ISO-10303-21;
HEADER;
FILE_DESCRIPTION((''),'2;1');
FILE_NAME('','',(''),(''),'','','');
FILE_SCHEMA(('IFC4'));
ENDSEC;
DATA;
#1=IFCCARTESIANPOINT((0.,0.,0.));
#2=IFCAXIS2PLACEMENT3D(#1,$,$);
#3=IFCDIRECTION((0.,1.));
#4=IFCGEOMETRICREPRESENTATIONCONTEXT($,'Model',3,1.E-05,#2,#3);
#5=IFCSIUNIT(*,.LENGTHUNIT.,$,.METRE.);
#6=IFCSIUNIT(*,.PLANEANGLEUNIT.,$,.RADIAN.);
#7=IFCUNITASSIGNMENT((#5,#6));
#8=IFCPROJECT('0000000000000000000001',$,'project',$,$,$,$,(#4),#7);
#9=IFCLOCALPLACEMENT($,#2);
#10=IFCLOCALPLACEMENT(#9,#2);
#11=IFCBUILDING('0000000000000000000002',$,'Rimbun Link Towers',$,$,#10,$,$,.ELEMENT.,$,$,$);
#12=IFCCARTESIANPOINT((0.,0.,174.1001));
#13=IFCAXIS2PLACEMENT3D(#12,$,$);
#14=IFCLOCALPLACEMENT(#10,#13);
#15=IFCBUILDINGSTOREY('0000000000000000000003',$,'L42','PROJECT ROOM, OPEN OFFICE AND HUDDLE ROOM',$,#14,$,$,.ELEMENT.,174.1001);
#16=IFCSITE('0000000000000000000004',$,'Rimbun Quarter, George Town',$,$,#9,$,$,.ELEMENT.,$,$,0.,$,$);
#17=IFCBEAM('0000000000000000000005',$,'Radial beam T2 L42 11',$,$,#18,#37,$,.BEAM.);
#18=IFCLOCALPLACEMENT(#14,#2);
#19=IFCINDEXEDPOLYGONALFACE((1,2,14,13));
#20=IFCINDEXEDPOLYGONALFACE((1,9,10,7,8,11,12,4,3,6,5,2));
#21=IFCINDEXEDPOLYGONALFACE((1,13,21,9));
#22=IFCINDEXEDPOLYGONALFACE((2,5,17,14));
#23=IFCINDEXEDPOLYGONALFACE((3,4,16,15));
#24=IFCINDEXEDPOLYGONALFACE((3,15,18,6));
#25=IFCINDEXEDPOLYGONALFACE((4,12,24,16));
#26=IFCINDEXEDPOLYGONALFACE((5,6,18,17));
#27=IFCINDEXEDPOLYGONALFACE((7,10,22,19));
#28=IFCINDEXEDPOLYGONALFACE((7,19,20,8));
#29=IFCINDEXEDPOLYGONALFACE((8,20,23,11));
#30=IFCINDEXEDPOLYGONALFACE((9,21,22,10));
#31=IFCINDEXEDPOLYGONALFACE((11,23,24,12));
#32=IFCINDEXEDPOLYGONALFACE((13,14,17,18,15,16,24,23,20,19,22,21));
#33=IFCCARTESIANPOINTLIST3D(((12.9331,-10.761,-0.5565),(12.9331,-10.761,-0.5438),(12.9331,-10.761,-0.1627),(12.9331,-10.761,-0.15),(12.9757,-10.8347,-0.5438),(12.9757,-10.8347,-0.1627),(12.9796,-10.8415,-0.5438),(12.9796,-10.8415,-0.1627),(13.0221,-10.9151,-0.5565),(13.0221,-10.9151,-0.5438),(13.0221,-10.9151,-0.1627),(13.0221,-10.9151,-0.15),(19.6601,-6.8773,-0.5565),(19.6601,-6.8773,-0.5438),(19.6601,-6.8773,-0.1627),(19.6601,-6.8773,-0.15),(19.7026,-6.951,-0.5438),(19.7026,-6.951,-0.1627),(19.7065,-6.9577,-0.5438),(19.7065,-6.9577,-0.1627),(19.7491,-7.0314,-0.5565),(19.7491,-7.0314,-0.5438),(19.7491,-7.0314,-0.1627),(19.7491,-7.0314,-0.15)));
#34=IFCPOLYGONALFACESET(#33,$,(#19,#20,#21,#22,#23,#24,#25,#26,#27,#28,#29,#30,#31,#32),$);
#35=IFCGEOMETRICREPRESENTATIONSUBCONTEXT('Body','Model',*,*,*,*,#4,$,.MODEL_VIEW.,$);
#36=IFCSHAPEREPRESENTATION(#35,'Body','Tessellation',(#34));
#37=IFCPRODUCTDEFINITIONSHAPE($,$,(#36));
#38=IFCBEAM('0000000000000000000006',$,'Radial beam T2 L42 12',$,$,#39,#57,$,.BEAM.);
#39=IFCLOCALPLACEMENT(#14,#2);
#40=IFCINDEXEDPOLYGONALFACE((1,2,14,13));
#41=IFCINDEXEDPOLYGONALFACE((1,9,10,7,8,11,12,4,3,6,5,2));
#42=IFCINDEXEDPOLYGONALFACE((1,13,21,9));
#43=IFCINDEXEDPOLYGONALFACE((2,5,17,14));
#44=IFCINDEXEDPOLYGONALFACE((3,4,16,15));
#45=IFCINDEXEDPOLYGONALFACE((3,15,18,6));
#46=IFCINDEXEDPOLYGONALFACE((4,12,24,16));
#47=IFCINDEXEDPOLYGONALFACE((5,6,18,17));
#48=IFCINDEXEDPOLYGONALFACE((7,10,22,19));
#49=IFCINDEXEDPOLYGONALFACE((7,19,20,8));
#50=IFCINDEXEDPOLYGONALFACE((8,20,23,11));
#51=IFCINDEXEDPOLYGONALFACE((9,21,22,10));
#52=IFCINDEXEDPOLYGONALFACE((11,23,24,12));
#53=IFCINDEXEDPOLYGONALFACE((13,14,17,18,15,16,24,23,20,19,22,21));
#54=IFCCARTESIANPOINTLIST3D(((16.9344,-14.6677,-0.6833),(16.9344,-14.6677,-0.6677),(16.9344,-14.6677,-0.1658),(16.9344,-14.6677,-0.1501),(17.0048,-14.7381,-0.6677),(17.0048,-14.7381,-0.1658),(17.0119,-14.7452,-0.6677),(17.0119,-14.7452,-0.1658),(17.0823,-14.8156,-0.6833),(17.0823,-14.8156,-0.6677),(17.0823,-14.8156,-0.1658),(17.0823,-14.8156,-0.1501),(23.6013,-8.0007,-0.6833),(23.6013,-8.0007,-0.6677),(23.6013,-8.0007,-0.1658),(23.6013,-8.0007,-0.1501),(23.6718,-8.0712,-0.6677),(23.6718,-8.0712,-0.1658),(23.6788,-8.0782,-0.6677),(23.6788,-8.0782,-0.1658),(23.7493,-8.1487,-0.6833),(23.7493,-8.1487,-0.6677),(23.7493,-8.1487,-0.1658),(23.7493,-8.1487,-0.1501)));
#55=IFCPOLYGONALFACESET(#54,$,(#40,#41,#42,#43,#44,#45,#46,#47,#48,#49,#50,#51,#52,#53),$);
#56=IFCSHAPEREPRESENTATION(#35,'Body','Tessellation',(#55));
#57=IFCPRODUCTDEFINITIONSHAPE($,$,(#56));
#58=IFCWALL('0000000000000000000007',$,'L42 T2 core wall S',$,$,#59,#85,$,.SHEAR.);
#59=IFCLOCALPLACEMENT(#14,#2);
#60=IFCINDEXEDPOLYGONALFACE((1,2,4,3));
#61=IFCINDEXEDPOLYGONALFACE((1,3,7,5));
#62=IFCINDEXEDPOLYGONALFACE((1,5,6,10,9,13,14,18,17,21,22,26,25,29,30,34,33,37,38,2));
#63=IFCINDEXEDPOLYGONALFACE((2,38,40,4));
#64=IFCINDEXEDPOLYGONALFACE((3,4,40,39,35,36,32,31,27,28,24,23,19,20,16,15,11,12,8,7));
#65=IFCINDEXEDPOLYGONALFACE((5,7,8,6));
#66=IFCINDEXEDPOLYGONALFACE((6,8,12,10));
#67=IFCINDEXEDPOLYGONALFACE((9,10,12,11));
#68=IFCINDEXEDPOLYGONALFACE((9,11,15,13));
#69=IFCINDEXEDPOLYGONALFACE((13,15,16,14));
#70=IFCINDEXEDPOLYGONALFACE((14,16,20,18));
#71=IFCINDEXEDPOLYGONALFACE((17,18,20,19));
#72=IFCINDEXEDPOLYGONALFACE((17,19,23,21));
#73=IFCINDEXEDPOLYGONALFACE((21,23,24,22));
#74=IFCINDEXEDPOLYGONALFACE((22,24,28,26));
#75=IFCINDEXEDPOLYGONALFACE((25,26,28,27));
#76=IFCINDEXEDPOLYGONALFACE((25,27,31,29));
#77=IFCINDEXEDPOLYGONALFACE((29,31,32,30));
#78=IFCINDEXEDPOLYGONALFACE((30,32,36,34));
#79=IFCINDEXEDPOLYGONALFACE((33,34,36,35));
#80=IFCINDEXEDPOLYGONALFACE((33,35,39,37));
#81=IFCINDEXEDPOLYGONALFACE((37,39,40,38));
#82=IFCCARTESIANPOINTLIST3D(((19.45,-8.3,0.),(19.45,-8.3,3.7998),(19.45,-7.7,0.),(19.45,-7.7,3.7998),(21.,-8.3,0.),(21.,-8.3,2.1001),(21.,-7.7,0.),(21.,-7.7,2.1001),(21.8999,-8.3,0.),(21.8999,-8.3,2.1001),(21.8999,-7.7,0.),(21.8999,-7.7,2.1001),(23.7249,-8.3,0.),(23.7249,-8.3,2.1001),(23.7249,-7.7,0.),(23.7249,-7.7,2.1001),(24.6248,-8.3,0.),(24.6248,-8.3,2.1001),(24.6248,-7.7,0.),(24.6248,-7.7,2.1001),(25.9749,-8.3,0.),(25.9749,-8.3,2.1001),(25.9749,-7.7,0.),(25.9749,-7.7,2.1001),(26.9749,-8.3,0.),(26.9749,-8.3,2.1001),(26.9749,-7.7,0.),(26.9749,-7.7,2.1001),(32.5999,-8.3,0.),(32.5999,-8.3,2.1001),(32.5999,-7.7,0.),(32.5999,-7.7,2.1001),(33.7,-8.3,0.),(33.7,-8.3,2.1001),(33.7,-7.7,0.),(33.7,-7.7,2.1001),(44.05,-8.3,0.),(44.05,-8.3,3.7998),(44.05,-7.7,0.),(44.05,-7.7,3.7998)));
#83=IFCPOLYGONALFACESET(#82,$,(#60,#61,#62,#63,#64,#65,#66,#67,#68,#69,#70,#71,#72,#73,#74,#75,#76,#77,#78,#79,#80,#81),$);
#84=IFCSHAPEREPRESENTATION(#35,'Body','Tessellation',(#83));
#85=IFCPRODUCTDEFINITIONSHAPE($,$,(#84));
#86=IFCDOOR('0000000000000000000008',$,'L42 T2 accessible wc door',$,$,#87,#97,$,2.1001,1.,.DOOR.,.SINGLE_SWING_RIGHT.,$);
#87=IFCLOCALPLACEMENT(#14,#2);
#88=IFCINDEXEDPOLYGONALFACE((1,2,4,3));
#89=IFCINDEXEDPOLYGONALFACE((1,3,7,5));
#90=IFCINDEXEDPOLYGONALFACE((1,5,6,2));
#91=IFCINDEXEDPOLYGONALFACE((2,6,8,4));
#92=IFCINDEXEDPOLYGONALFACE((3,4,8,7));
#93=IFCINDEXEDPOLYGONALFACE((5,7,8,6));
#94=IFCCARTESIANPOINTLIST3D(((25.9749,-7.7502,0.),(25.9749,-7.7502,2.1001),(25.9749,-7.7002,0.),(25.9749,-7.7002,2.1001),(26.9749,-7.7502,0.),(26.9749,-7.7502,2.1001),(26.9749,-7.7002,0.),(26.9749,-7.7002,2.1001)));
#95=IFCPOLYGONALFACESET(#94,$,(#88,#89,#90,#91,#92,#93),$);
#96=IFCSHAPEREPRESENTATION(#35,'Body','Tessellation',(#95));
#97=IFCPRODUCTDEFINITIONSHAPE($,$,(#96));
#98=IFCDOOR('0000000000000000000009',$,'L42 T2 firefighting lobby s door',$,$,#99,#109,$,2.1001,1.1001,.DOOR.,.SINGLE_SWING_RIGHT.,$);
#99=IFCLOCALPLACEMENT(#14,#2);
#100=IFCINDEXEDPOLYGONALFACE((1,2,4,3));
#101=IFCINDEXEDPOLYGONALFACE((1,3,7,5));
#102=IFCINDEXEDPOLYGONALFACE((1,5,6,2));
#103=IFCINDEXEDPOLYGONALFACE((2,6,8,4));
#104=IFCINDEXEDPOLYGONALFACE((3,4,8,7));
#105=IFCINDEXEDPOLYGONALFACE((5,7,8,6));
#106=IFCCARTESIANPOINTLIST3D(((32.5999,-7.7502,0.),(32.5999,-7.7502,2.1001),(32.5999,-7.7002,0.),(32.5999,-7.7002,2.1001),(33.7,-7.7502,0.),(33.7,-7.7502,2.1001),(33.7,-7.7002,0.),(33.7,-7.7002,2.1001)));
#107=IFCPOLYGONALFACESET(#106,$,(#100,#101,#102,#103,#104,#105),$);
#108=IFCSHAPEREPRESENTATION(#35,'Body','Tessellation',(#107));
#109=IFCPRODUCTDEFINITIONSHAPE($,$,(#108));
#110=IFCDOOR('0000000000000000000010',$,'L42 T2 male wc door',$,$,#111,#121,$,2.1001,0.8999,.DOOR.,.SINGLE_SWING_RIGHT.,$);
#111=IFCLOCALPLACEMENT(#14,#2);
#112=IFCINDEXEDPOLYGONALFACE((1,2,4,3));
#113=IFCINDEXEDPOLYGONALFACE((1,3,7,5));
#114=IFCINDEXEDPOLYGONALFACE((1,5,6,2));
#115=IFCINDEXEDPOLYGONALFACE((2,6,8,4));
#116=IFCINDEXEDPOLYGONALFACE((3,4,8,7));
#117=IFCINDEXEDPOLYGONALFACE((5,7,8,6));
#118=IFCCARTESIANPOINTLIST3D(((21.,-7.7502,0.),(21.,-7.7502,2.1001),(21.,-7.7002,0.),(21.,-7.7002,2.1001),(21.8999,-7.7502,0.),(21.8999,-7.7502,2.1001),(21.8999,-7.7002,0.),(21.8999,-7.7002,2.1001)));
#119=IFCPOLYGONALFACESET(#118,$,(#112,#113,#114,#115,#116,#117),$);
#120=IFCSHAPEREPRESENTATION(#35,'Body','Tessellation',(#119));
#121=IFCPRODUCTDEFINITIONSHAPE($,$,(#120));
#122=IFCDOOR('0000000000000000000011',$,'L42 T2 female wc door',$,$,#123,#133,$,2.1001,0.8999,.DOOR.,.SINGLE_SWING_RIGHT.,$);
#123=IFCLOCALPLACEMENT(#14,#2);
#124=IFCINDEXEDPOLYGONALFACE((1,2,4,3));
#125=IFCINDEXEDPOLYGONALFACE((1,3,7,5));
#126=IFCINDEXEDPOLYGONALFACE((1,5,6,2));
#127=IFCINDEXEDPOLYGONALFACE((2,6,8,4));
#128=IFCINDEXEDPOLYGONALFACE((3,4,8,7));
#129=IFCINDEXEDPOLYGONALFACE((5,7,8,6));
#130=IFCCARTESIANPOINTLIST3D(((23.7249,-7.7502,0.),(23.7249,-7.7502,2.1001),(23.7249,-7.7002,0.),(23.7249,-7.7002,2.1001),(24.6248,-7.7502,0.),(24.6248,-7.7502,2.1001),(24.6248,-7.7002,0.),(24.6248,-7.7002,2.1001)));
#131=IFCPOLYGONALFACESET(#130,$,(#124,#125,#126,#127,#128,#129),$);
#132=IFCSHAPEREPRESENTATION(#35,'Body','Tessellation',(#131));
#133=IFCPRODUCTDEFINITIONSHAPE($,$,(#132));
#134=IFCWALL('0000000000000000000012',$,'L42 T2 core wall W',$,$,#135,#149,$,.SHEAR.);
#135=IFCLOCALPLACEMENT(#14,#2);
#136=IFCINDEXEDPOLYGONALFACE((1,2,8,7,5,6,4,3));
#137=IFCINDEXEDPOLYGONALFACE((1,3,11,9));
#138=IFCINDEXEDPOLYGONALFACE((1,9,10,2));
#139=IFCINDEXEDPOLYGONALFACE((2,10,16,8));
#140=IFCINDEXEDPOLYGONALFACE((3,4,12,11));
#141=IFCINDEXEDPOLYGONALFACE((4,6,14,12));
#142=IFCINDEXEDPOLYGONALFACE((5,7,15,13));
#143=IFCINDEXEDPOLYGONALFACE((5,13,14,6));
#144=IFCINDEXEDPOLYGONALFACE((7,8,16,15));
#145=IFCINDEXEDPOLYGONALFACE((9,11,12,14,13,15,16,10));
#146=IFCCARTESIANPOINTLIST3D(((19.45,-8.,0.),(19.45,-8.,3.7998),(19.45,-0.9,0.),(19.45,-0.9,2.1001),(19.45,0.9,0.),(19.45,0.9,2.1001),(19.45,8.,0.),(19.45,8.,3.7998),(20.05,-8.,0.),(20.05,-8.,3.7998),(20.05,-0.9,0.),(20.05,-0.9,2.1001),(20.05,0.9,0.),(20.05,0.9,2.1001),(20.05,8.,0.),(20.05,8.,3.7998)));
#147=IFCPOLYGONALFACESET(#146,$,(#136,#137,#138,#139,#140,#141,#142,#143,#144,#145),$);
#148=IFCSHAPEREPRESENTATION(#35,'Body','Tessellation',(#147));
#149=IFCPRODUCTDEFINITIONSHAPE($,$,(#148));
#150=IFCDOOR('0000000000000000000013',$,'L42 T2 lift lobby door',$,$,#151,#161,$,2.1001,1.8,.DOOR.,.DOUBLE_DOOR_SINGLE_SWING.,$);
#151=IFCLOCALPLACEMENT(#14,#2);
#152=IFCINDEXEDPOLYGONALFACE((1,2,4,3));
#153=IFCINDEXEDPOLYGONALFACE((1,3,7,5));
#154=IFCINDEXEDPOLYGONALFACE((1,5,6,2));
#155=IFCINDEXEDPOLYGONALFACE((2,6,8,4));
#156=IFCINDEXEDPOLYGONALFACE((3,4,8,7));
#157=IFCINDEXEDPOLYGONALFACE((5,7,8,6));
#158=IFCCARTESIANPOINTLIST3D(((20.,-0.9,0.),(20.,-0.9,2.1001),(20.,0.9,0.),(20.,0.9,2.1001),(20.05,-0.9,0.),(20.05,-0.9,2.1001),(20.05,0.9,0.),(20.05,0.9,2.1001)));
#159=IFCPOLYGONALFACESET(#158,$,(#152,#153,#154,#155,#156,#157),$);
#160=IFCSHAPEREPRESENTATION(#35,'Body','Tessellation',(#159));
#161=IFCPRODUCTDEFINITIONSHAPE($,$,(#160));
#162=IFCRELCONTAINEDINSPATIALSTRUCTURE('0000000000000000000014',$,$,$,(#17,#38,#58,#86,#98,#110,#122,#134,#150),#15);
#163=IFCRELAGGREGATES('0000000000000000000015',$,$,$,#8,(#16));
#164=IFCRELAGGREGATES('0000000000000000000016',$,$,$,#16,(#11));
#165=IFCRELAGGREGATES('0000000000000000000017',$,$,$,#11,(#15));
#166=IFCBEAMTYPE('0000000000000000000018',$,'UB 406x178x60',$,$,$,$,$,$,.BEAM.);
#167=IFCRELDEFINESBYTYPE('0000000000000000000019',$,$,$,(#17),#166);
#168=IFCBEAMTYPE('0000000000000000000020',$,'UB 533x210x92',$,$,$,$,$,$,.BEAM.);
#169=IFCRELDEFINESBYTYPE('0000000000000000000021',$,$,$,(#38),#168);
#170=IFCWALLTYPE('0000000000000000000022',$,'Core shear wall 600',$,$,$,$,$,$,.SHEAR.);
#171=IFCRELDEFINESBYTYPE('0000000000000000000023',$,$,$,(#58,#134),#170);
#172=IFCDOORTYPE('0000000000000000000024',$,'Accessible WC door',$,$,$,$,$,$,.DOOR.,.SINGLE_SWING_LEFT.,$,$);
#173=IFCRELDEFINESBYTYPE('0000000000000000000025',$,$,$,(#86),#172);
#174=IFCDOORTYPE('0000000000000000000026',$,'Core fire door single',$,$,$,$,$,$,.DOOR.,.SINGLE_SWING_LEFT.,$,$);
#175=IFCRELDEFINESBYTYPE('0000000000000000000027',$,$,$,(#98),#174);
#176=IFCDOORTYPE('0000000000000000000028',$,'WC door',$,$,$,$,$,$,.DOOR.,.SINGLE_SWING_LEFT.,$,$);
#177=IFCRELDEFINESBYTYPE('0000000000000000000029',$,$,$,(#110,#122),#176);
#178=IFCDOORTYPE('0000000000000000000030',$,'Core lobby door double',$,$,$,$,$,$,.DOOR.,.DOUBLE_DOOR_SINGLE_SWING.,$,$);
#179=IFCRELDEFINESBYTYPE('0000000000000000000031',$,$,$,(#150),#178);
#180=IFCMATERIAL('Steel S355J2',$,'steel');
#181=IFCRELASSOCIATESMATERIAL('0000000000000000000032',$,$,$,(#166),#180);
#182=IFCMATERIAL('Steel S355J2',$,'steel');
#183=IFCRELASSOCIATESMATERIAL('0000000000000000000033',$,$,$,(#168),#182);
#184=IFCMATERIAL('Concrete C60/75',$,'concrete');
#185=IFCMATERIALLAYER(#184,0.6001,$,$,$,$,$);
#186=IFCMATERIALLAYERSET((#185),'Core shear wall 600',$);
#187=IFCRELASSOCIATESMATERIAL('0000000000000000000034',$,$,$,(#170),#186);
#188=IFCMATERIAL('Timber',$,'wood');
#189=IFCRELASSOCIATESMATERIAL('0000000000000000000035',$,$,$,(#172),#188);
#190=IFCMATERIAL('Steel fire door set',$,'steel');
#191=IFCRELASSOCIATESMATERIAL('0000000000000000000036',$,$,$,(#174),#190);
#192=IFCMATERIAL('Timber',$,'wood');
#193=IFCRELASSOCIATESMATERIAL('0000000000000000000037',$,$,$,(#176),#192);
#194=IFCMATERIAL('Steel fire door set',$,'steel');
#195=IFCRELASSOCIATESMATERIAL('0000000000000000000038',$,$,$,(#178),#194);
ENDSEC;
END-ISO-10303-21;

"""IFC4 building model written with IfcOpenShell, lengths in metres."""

from ifc_helpers import new_model, si_unit, direction, frame, frame_2d, origin, origin_2d, place, context, subcontext, project, spatial, rectangle, i_section, extrude, material, layer, layer_set, material_profile, profile_set, type_object, element, fill, save


model = new_model("IFC4")

# Units and contexts
model_context = context("Model", 3, precision=1e-05, world=origin(), true_north=direction((0.0, 1.0)))
body_context = subcontext(model_context, "Body", "Model", "MODEL_VIEW")
ifc_project = project(units=[si_unit("LENGTHUNIT", "METRE"), si_unit("PLANEANGLEUNIT", "RADIAN")], contexts=[model_context])

# Site, building, storey
site_placement = place(None, origin())
site = spatial("IfcSite", under=ifc_project, at=site_placement, Name="Rimbun Quarter, George Town", CompositionType="ELEMENT", RefElevation=0.0)
building_placement = place(site_placement, origin())
building = spatial("IfcBuilding", under=site, at=building_placement, Name="Rimbun Link Towers", CompositionType="ELEMENT")
storey_placement = place(building_placement, frame((0.0, 0.0, 174.1001)))
storey = spatial("IfcBuildingStorey", under=building, at=storey_placement, Name="L42", Description="PROJECT ROOM, OPEN OFFICE AND HUDDLE ROOM", CompositionType="ELEMENT", Elevation=174.1001)

# Beams
ifc_material_1 = material(Name="Steel S355J2", Category="steel")
ifc_material_profile_1 = material_profile(ifc_material_1, i_section(OverallWidth=0.178, OverallDepth=0.4065, WebThickness=0.0078, FlangeThickness=0.0127, at=origin_2d()), Name="UB 406x178x60")
ifc_profile_set_1 = profile_set([ifc_material_profile_1], Name="Steel S355J2")
beam_type_1 = type_object("IfcBeamType", Name="UB 406x178x60", PredefinedType="BEAM", material=ifc_profile_set_1)
beam_1_placement = place(storey_placement, frame((19.7046, -6.9543, -0.3533), z_axis=(-0.86603, -0.499993, 0.0), x_axis=(0.499993, -0.86603, 0.0)))
element("IfcBeam", 1, at=beam_1_placement, inside=storey, type_object=beam_type_1, Name="Radial beam T2 L42 11", PredefinedType="BEAM", context=body_context, shape_type="SweptSolid", body=[
    extrude(i_section(OverallWidth=0.178, OverallDepth=0.4065, WebThickness=0.0078, FlangeThickness=0.0127, at=origin_2d()), origin(), (0.0, 0.0, 1.0), 7.7676),
])
ifc_material_2 = material(Name="Steel S355J2", Category="steel")
ifc_material_profile_2 = material_profile(ifc_material_2, i_section(OverallWidth=0.2092, OverallDepth=0.5332, WebThickness=0.01, FlangeThickness=0.0156, at=origin_2d()), Name="UB 533x210x92")
ifc_profile_set_2 = profile_set([ifc_material_profile_2], Name="Steel S355J2")
beam_type_2 = type_object("IfcBeamType", Name="UB 533x210x92", PredefinedType="BEAM", material=ifc_profile_set_2)
beam_2_placement = place(storey_placement, frame((23.6753, -8.0747, -0.4167), z_axis=(-0.707107, -0.707107, 0.0), x_axis=(0.707107, -0.707107, 0.0)))
element("IfcBeam", 2, at=beam_2_placement, inside=storey, type_object=beam_type_2, Name="Radial beam T2 L42 12", PredefinedType="BEAM", context=body_context, shape_type="SweptSolid", body=[
    extrude(i_section(OverallWidth=0.2092, OverallDepth=0.5332, WebThickness=0.01, FlangeThickness=0.0156, at=origin_2d()), origin(), (0.0, 0.0, 1.0), 9.4285),
])

# Wall, openings, doors
ifc_material_3 = material(Name="Concrete C60/75", Category="concrete")
ifc_layer_1 = layer(ifc_material_3, 0.6001)
ifc_layer_set_1 = layer_set([ifc_layer_1], Name="Core shear wall 600")
wall_type_1 = type_object("IfcWallType", Name="Core shear wall 600", PredefinedType="SHEAR", material=ifc_layer_set_1)
wall_1_placement = place(storey_placement, frame((19.45, -8.0, 0.0), z_axis=(0.0, 0.0, 1.0), x_axis=(1.0, 0.0, 0.0)))
wall_1 = element("IfcWall", 3, at=wall_1_placement, inside=storey, type_object=wall_type_1, Name="L42 T2 core wall S", PredefinedType="SHEAR", context=body_context, shape_type="SweptSolid", body=[
    extrude(rectangle(XDim=24.6001, YDim=0.6001, at=frame_2d((12.3, 0.0))), origin(), (0.0, 0.0, 1.0), 3.7998),
])
opening_1_placement = place(wall_1_placement, frame((13.1499, 0.0, 0.0)))
opening_1 = element("IfcOpeningElement", 4, at=opening_1_placement, cuts=wall_1, PredefinedType="OPENING", context=body_context, shape_type="SweptSolid", body=[
    extrude(rectangle(XDim=1.1001, YDim=2.1001, at=frame_2d((0.55, 1.05))), frame((0.0, 0.3101, 0.0), z_axis=(0.0, -1.0, 0.0), x_axis=(1.0, 0.0, 0.0)), (0.0, 0.0, 1.0), 0.6201),
])
opening_2_placement = place(wall_1_placement, frame((1.55, 0.0, 0.0)))
opening_2 = element("IfcOpeningElement", 5, at=opening_2_placement, cuts=wall_1, PredefinedType="OPENING", context=body_context, shape_type="SweptSolid", body=[
    extrude(rectangle(XDim=0.8999, YDim=2.1001, at=frame_2d((0.45, 1.05))), frame((0.0, 0.3101, 0.0), z_axis=(0.0, -1.0, 0.0), x_axis=(1.0, 0.0, 0.0)), (0.0, 0.0, 1.0), 0.6201),
])
opening_3_placement = place(wall_1_placement, frame((4.2749, 0.0, 0.0)))
opening_3 = element("IfcOpeningElement", 6, at=opening_3_placement, cuts=wall_1, PredefinedType="OPENING", context=body_context, shape_type="SweptSolid", body=[
    extrude(rectangle(XDim=0.8999, YDim=2.1001, at=frame_2d((0.45, 1.05))), frame((0.0, 0.3101, 0.0), z_axis=(0.0, -1.0, 0.0), x_axis=(1.0, 0.0, 0.0)), (0.0, 0.0, 1.0), 0.6201),
])
opening_4_placement = place(wall_1_placement, frame((6.5249, 0.0, 0.0)))
opening_4 = element("IfcOpeningElement", 7, at=opening_4_placement, cuts=wall_1, PredefinedType="OPENING", context=body_context, shape_type="SweptSolid", body=[
    extrude(rectangle(XDim=1.0, YDim=2.1001, at=frame_2d((0.5, 1.05))), frame((0.0, 0.3101, 0.0), z_axis=(0.0, -1.0, 0.0), x_axis=(1.0, 0.0, 0.0)), (0.0, 0.0, 1.0), 0.6201),
])
ifc_material_4 = material(Name="Timber", Category="wood")
door_type_1 = type_object("IfcDoorType", Name="Accessible WC door", OperationType="SINGLE_SWING_LEFT", PredefinedType="DOOR", material=ifc_material_4)
door_1_placement = place(opening_4_placement, origin())
door_1 = element("IfcDoor", 8, at=door_1_placement, inside=storey, type_object=door_type_1, Name="L42 T2 accessible wc door", OperationType="SINGLE_SWING_RIGHT", OverallHeight=2.1001, OverallWidth=1.0, PredefinedType="DOOR", context=body_context, shape_type="SweptSolid", body=[
    extrude(rectangle(XDim=1.0, YDim=2.1001, at=frame_2d((0.5, 1.05))), frame((0.0, 0.2998, 0.0), z_axis=(0.0, -1.0, 0.0), x_axis=(1.0, 0.0, 0.0)), (0.0, 0.0, 1.0), 0.05),
])
fill(opening_4, door_1)
ifc_material_5 = material(Name="Steel fire door set", Category="steel")
door_type_2 = type_object("IfcDoorType", Name="Core fire door single", OperationType="SINGLE_SWING_LEFT", PredefinedType="DOOR", material=ifc_material_5)
door_2_placement = place(opening_1_placement, origin())
door_2 = element("IfcDoor", 9, at=door_2_placement, inside=storey, type_object=door_type_2, Name="L42 T2 firefighting lobby s door", OperationType="SINGLE_SWING_RIGHT", OverallHeight=2.1001, OverallWidth=1.1001, PredefinedType="DOOR", context=body_context, shape_type="SweptSolid", body=[
    extrude(rectangle(XDim=1.1001, YDim=2.1001, at=frame_2d((0.55, 1.05))), frame((0.0, 0.2998, 0.0), z_axis=(0.0, -1.0, 0.0), x_axis=(1.0, 0.0, 0.0)), (0.0, 0.0, 1.0), 0.05),
])
fill(opening_1, door_2)
ifc_material_6 = material(Name="Timber", Category="wood")
door_type_3 = type_object("IfcDoorType", Name="WC door", OperationType="SINGLE_SWING_LEFT", PredefinedType="DOOR", material=ifc_material_6)
door_3_placement = place(opening_2_placement, origin())
door_3 = element("IfcDoor", 10, at=door_3_placement, inside=storey, type_object=door_type_3, Name="L42 T2 male wc door", OperationType="SINGLE_SWING_RIGHT", OverallHeight=2.1001, OverallWidth=0.8999, PredefinedType="DOOR", context=body_context, shape_type="SweptSolid", body=[
    extrude(rectangle(XDim=0.8999, YDim=2.1001, at=frame_2d((0.45, 1.05))), frame((0.0, 0.2998, 0.0), z_axis=(0.0, -1.0, 0.0), x_axis=(1.0, 0.0, 0.0)), (0.0, 0.0, 1.0), 0.05),
])
fill(opening_2, door_3)
door_4_placement = place(opening_3_placement, origin())
door_4 = element("IfcDoor", 11, at=door_4_placement, inside=storey, type_object=door_type_3, Name="L42 T2 female wc door", OperationType="SINGLE_SWING_RIGHT", OverallHeight=2.1001, OverallWidth=0.8999, PredefinedType="DOOR", context=body_context, shape_type="SweptSolid", body=[
    extrude(rectangle(XDim=0.8999, YDim=2.1001, at=frame_2d((0.45, 1.05))), frame((0.0, 0.2998, 0.0), z_axis=(0.0, -1.0, 0.0), x_axis=(1.0, 0.0, 0.0)), (0.0, 0.0, 1.0), 0.05),
])
fill(opening_3, door_4)

# Wall, opening, door
wall_2_placement = place(storey_placement, frame((19.75, -8.0, 0.0), z_axis=(0.0, 0.0, 1.0), x_axis=(0.0, 1.0, 0.0)))
wall_2 = element("IfcWall", 12, at=wall_2_placement, inside=storey, type_object=wall_type_1, Name="L42 T2 core wall W", PredefinedType="SHEAR", context=body_context, shape_type="SweptSolid", body=[
    extrude(rectangle(XDim=16.0, YDim=0.6001, at=frame_2d((8.0, 0.0))), origin(), (0.0, 0.0, 1.0), 3.7998),
])
opening_5_placement = place(wall_2_placement, frame((7.1001, 0.0, 0.0)))
opening_5 = element("IfcOpeningElement", 13, at=opening_5_placement, cuts=wall_2, PredefinedType="OPENING", context=body_context, shape_type="SweptSolid", body=[
    extrude(rectangle(XDim=1.8, YDim=2.1001, at=frame_2d((0.8999, 1.05))), frame((0.0, 0.3101, 0.0), z_axis=(0.0, -1.0, 0.0), x_axis=(1.0, 0.0, 0.0)), (0.0, 0.0, 1.0), 0.6201),
])
ifc_material_7 = material(Name="Steel fire door set", Category="steel")
door_type_4 = type_object("IfcDoorType", Name="Core lobby door double", OperationType="DOUBLE_DOOR_SINGLE_SWING", PredefinedType="DOOR", material=ifc_material_7)
door_5_placement = place(opening_5_placement, origin())
door_5 = element("IfcDoor", 14, at=door_5_placement, inside=storey, type_object=door_type_4, Name="L42 T2 lift lobby door", OperationType="DOUBLE_DOOR_SINGLE_SWING", OverallHeight=2.1001, OverallWidth=1.8, PredefinedType="DOOR", context=body_context, shape_type="SweptSolid", body=[
    extrude(rectangle(XDim=1.8, YDim=2.1001, at=frame_2d((0.8999, 1.05))), frame((0.0, -0.25, 0.0), z_axis=(0.0, -1.0, 0.0), x_axis=(1.0, 0.0, 0.0)), (0.0, 0.0, 1.0), 0.05),
])
fill(opening_5, door_5)

save(model, "model.ifc")
